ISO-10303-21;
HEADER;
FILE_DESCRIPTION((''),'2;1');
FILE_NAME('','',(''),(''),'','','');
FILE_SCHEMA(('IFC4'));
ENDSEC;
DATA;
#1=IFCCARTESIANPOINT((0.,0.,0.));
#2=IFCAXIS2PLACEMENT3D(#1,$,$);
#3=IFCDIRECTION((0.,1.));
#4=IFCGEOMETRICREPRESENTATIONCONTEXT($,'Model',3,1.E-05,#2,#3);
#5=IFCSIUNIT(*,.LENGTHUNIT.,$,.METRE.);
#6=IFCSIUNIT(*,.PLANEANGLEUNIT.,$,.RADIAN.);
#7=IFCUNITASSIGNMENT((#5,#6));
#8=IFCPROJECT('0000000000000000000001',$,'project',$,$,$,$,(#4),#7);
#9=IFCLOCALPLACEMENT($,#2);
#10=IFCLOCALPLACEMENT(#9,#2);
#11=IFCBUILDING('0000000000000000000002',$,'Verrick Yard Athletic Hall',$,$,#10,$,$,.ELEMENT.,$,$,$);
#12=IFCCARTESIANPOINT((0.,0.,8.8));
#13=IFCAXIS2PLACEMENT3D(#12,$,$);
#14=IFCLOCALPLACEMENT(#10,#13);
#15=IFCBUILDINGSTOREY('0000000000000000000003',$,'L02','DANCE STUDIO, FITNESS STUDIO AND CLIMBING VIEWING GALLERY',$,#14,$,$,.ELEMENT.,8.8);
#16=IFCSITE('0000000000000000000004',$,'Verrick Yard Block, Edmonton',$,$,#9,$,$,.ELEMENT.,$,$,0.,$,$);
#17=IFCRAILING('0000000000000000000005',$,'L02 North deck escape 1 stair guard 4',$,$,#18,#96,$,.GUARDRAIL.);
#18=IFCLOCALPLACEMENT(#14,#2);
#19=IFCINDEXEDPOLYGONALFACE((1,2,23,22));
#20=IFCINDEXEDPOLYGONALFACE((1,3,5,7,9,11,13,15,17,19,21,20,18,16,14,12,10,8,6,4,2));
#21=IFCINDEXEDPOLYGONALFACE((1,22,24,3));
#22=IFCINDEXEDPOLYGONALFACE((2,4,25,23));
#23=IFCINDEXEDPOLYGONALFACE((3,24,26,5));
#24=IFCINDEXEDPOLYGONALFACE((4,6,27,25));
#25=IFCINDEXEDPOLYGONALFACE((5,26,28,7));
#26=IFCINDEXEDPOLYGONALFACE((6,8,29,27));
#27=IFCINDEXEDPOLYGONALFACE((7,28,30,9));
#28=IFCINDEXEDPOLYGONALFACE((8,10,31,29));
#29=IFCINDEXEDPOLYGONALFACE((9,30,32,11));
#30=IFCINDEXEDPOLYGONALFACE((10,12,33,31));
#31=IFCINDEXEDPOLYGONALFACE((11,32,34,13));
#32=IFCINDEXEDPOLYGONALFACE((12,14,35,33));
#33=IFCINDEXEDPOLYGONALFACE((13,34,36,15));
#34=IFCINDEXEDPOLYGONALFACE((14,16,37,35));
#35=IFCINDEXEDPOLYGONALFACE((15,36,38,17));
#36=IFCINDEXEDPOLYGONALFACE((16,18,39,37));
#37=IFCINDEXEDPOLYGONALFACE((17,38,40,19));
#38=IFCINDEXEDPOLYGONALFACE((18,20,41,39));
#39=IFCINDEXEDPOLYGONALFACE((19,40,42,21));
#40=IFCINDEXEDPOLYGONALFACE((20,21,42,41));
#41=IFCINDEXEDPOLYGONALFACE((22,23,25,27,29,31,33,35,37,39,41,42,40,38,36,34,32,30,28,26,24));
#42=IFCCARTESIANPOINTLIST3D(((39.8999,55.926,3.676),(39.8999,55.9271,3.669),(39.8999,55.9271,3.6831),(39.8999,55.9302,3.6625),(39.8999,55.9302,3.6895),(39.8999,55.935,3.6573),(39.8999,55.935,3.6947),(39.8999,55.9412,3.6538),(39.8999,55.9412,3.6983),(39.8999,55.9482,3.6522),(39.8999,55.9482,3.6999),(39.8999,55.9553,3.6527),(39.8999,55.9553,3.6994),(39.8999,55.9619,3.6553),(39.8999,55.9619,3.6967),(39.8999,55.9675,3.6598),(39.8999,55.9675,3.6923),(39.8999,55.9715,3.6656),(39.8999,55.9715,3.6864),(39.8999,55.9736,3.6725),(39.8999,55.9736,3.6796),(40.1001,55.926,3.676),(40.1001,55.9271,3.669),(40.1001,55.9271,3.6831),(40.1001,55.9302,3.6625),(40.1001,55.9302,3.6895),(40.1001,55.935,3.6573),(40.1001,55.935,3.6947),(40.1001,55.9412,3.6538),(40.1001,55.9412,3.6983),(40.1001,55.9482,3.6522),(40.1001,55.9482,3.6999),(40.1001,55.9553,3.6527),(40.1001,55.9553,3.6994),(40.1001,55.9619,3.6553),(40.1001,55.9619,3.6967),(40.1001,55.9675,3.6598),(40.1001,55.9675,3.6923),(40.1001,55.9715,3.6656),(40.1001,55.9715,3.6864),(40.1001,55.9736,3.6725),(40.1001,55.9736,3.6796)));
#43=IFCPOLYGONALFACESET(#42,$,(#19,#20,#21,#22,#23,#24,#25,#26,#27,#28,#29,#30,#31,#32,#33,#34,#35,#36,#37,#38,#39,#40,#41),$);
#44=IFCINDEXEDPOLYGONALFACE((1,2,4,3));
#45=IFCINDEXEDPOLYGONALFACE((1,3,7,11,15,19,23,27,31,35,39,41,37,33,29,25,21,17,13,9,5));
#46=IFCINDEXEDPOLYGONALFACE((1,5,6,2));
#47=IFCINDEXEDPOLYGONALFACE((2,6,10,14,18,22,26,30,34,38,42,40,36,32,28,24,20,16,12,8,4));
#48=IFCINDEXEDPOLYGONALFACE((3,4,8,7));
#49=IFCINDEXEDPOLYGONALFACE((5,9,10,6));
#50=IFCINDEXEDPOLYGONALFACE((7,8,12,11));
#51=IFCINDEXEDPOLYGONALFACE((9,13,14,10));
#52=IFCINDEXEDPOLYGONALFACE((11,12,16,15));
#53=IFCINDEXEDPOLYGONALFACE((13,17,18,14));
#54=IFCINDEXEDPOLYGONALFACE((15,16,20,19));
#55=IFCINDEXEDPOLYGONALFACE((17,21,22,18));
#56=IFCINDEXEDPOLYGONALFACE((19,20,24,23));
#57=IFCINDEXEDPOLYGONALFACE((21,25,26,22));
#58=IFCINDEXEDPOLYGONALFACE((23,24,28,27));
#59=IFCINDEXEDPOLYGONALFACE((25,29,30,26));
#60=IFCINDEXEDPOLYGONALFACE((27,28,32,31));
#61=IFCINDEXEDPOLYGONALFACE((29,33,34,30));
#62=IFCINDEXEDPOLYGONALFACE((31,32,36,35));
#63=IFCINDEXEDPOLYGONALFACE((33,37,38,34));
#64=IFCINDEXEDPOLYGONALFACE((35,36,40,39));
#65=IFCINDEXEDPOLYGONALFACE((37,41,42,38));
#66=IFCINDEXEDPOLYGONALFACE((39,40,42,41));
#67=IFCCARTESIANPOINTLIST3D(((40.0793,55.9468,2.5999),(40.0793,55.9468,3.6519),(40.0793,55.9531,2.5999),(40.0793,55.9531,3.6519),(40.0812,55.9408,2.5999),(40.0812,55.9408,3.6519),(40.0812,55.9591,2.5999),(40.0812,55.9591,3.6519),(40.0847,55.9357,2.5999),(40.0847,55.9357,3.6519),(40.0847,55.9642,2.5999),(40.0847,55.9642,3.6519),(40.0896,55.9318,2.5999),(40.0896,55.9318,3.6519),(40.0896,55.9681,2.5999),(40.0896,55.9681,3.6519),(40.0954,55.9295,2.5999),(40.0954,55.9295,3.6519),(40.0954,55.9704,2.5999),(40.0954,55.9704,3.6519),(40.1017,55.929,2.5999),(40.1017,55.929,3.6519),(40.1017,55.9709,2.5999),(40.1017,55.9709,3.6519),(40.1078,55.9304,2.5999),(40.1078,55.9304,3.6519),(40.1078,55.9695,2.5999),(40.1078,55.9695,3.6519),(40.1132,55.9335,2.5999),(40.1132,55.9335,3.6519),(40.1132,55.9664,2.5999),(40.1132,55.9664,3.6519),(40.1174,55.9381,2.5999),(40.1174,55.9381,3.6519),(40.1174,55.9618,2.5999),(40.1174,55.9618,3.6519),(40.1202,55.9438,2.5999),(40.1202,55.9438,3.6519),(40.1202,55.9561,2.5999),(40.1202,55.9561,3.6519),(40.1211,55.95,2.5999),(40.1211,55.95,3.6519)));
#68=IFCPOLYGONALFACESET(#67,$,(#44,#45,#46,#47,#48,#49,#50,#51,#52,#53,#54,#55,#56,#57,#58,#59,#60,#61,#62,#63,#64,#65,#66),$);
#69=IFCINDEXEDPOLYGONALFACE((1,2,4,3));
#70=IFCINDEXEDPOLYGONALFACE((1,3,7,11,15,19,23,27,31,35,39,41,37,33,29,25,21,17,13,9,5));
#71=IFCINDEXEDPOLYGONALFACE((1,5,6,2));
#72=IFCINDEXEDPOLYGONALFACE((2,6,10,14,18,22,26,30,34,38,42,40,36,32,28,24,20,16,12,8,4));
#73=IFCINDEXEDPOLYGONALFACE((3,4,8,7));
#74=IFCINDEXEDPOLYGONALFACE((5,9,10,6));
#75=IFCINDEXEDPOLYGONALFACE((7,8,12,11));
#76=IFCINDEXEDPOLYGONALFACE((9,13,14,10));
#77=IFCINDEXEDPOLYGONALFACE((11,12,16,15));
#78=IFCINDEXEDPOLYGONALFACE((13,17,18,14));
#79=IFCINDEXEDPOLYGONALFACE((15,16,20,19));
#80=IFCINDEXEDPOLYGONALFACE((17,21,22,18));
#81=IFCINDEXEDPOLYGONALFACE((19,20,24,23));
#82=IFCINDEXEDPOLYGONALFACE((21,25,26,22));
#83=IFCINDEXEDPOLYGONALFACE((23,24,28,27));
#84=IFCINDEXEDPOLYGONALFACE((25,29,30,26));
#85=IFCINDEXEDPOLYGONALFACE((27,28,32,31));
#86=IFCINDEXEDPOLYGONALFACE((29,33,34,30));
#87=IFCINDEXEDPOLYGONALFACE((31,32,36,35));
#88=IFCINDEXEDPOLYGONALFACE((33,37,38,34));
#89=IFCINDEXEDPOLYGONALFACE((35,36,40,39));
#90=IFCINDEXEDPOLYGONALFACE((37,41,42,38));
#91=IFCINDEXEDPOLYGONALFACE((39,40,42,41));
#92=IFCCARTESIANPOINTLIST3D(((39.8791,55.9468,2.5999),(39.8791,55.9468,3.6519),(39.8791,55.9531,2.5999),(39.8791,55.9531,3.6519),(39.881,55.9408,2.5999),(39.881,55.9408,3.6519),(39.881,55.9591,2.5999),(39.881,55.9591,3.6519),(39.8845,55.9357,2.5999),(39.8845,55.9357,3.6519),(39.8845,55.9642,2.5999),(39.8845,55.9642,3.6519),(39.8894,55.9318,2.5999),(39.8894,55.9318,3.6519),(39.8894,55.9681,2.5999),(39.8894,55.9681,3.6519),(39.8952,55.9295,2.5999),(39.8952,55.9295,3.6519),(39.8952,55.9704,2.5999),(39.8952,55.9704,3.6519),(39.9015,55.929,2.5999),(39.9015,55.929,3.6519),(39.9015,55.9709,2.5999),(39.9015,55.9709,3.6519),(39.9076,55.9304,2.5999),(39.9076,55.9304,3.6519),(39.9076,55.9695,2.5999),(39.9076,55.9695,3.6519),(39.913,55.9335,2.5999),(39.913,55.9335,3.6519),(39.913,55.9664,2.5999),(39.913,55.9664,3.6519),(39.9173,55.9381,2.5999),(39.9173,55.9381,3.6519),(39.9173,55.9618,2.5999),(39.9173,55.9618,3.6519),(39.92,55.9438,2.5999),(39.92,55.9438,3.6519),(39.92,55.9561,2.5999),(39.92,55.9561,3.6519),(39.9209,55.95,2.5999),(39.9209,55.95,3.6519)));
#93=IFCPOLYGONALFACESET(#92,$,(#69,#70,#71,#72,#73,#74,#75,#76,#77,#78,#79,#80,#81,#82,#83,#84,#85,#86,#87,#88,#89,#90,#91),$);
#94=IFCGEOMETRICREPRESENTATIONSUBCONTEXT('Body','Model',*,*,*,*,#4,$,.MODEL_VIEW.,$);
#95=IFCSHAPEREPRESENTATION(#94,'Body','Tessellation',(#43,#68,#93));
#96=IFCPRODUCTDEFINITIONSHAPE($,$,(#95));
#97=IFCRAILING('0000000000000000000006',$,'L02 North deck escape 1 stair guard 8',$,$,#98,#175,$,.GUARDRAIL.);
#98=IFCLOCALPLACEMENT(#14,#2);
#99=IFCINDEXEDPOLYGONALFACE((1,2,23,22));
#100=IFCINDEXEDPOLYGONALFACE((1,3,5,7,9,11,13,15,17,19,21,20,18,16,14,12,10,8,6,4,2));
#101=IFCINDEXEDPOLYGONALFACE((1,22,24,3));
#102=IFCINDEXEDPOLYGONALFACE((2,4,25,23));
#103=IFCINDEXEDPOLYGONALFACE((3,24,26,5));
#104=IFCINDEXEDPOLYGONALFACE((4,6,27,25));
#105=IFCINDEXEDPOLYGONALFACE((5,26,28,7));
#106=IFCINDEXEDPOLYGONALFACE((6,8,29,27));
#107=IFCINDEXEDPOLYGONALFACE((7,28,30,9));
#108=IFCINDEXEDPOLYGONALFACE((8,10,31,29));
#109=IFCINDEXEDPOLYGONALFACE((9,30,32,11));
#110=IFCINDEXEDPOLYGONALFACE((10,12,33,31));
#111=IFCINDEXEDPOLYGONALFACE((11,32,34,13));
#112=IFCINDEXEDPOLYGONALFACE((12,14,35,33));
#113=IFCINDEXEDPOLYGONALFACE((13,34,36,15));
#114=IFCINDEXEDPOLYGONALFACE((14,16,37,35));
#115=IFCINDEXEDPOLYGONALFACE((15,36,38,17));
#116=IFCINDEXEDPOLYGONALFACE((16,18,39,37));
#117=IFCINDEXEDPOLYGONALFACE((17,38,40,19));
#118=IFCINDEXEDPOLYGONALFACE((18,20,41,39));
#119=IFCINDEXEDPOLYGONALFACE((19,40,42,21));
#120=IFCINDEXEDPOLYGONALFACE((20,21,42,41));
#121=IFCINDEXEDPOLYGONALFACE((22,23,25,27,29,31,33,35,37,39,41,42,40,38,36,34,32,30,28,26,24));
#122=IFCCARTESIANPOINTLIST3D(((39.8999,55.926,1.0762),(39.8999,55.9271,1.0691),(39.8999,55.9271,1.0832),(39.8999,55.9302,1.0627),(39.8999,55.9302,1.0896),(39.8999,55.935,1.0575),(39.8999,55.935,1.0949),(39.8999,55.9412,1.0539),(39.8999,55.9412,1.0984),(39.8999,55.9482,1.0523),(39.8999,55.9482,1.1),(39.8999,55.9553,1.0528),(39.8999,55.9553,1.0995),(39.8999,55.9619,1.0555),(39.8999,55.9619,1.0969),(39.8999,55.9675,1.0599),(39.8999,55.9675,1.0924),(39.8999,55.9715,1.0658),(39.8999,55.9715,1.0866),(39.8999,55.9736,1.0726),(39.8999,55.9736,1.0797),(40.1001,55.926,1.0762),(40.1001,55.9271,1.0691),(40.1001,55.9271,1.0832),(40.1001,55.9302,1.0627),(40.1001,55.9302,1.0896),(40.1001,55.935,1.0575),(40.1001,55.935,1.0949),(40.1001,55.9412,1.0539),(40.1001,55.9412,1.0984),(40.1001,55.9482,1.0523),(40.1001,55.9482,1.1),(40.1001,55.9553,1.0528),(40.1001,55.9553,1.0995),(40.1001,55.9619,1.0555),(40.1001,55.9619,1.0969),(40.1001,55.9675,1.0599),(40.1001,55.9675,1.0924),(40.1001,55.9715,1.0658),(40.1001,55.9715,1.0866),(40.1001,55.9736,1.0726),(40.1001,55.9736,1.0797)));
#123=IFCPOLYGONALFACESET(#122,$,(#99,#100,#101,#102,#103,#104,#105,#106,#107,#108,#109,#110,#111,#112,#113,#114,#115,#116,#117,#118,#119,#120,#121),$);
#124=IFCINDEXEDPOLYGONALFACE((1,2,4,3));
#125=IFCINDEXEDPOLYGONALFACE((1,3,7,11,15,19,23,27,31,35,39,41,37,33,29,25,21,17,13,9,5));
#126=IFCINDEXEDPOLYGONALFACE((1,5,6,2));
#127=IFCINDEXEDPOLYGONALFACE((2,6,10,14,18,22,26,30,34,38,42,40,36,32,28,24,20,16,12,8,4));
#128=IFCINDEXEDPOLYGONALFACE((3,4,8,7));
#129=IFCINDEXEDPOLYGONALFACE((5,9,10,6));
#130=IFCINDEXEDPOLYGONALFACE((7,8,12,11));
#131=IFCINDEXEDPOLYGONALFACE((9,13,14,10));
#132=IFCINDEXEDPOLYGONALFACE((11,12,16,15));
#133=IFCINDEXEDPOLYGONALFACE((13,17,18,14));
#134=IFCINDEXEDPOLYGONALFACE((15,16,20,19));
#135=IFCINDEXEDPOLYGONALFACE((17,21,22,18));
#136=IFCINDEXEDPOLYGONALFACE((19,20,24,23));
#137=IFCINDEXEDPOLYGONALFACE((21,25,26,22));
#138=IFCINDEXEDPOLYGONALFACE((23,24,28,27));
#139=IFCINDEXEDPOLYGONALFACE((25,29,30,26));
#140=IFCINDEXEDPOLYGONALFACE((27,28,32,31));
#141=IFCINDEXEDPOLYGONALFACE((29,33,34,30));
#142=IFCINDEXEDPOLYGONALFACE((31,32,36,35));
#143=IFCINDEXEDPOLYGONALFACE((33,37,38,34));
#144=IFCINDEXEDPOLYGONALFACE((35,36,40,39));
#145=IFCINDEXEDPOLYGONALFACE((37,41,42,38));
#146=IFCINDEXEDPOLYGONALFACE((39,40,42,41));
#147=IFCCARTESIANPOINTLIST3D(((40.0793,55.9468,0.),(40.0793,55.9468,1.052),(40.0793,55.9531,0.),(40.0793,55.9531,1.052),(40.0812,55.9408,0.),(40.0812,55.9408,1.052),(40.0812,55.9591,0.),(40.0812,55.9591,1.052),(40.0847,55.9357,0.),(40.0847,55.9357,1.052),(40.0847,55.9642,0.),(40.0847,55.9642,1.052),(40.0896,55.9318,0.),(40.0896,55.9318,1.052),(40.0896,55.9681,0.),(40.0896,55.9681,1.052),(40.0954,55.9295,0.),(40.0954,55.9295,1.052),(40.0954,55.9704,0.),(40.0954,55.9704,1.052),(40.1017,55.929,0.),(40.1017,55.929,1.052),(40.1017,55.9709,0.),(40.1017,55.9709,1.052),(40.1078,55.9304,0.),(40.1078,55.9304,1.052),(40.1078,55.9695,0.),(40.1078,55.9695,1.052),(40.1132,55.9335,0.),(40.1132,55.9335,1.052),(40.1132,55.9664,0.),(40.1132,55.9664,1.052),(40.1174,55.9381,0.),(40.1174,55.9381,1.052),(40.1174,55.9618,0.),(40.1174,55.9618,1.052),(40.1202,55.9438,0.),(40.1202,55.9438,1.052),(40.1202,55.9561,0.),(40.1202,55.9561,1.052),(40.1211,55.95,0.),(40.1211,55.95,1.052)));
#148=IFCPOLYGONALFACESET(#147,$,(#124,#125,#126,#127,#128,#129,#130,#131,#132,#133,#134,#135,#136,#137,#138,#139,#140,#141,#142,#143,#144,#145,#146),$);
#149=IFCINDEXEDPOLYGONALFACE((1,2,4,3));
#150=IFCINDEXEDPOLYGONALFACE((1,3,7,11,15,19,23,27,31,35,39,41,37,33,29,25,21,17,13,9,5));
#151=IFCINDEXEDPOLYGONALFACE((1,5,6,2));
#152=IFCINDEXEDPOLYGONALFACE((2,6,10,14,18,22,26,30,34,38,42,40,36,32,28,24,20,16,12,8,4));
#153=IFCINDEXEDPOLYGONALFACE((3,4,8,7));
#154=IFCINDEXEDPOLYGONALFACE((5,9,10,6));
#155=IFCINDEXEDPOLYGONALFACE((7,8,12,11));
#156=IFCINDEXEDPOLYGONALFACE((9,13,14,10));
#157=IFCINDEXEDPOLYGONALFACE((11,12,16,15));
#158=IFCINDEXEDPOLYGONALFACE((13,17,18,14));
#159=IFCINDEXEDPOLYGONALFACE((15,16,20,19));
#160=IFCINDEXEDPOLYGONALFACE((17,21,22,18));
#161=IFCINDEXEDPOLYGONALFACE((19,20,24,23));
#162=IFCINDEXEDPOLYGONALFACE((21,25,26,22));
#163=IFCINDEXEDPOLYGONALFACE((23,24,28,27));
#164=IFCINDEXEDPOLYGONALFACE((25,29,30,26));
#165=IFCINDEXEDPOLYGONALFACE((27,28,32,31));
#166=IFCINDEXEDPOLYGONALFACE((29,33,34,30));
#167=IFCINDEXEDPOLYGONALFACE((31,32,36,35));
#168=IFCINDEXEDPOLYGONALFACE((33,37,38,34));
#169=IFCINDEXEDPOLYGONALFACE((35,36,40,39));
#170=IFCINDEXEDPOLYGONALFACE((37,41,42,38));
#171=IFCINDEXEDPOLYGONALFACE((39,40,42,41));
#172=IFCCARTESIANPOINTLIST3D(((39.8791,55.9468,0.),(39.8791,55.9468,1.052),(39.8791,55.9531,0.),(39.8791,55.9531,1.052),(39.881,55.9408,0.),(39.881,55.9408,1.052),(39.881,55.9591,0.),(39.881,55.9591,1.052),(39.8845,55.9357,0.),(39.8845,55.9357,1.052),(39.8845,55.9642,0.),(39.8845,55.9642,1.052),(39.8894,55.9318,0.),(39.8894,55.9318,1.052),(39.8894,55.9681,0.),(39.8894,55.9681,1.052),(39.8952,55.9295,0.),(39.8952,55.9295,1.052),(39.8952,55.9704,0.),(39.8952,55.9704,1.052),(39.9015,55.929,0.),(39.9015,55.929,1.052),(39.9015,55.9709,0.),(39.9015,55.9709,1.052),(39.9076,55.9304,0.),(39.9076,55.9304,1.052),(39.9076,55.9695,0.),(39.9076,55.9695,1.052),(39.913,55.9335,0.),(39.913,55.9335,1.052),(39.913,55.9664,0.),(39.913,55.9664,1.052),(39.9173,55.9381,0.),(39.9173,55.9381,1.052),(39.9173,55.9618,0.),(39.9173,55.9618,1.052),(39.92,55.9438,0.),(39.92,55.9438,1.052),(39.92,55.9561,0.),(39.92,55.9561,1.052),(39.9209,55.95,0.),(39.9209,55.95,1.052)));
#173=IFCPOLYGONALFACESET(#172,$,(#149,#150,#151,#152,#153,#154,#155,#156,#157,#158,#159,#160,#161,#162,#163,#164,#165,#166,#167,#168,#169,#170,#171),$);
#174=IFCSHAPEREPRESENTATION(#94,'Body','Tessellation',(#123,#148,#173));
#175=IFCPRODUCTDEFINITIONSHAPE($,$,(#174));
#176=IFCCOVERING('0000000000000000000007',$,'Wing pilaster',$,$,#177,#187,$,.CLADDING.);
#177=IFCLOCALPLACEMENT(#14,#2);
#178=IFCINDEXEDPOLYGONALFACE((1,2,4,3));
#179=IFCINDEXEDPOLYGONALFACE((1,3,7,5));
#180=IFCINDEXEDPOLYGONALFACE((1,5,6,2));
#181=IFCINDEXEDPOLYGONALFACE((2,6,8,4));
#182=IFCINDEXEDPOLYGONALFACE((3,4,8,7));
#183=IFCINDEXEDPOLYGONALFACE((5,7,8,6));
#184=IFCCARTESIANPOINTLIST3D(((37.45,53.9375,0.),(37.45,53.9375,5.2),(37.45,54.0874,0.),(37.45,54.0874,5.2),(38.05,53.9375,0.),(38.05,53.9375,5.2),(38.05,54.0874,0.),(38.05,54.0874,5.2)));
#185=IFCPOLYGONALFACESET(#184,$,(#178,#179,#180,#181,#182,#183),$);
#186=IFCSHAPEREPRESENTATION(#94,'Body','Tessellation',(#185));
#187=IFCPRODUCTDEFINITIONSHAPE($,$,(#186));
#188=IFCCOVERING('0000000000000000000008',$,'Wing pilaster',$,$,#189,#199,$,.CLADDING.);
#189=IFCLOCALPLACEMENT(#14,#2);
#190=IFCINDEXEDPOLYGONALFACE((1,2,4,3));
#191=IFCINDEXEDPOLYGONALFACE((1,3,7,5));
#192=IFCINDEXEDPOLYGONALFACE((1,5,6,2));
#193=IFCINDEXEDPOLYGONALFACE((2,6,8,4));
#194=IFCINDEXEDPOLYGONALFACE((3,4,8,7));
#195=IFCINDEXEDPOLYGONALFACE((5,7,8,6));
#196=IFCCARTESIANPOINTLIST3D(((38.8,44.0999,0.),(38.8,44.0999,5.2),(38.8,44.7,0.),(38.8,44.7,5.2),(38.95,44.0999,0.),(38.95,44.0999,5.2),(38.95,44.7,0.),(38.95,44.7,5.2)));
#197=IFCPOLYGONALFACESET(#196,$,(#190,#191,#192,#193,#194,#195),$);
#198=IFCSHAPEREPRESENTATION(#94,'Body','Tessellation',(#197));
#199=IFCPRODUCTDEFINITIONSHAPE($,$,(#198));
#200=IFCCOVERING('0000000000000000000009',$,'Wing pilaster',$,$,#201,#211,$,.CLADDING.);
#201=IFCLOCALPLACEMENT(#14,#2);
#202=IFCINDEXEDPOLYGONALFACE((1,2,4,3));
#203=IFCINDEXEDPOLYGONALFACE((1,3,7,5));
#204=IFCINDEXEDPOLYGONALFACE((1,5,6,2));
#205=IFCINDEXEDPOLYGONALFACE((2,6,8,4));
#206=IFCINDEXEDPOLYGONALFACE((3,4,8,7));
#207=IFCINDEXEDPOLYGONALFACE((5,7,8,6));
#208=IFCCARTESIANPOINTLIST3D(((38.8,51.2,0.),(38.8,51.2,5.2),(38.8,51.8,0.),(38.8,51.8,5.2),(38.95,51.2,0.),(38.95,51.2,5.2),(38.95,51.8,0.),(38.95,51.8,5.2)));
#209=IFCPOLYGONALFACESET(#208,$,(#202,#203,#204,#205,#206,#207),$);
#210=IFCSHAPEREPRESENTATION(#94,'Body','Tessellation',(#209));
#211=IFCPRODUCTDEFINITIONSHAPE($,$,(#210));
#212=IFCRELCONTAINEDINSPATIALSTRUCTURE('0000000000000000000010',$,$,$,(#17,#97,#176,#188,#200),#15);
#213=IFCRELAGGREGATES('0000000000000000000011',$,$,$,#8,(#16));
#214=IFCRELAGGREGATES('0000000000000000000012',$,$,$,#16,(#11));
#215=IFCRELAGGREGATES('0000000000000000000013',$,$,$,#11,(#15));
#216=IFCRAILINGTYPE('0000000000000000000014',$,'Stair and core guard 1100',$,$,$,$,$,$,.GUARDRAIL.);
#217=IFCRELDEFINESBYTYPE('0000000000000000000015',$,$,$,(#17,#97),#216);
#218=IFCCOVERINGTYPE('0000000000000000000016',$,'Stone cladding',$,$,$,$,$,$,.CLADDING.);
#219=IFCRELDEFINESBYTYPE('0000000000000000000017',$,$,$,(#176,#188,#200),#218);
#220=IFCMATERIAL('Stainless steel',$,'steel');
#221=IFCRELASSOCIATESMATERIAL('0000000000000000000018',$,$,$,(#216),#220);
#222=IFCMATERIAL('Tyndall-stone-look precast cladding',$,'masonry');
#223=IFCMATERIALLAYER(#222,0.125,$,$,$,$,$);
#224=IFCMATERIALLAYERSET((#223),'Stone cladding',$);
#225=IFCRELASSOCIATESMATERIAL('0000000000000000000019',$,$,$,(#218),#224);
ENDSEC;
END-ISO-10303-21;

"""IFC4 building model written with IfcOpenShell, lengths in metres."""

from ifc_helpers import new_model, si_unit, direction, frame, origin, origin_2d, place, context, subcontext, project, spatial, rectangle, circle, extrude, material, layer, layer_set, type_object, element, save


model = new_model("IFC4")

# Units and contexts
model_context = context("Model", 3, precision=1e-05, world=origin(), true_north=direction((0.0, 1.0)))
body_context = subcontext(model_context, "Body", "Model", "MODEL_VIEW")
ifc_project = project(units=[si_unit("LENGTHUNIT", "METRE"), si_unit("PLANEANGLEUNIT", "RADIAN")], contexts=[model_context])

# Site, building, storey
site_placement = place(None, origin())
site = spatial("IfcSite", under=ifc_project, at=site_placement, Name="Verrick Yard Block, Edmonton", CompositionType="ELEMENT", RefElevation=0.0)
building_placement = place(site_placement, origin())
building = spatial("IfcBuilding", under=site, at=building_placement, Name="Verrick Yard Athletic Hall", CompositionType="ELEMENT")
storey_placement = place(building_placement, frame((0.0, 0.0, 8.8)))
storey = spatial("IfcBuildingStorey", under=building, at=storey_placement, Name="L02", Description="DANCE STUDIO, FITNESS STUDIO AND CLIMBING VIEWING GALLERY", CompositionType="ELEMENT", Elevation=8.8)

# Railings
ifc_material_1 = material(Name="Stainless steel", Category="steel")
railing_type = type_object("IfcRailingType", Name="Stair and core guard 1100", PredefinedType="GUARDRAIL", material=ifc_material_1)
for number, where, name in (
    (1, (40.1001, 55.95, 2.5999), "L02 North deck escape 1 stair guard 4"),
    (2, (40.1001, 55.95, 0.0), "L02 North deck escape 1 stair guard 8"),
):
    element("IfcRailing", number, at=place(storey_placement, frame(where)), inside=storey, type_object=railing_type, Name=name, PredefinedType="GUARDRAIL", context=body_context, shape_type="SweptSolid", body=[
        extrude(circle(Radius=0.0239, at=origin_2d()), frame((0.0, 0.0, 1.0762), z_axis=(-1.0, 0.0, 0.0), x_axis=(0.0, -1.0, 0.0)), (0.0, 0.0, 1.0), 0.2002),
        extrude(circle(Radius=0.021, at=origin_2d()), origin(), (0.0, 0.0, 1.0), 1.052),
        extrude(circle(Radius=0.021, at=origin_2d()), frame((-0.2002, 0.0, 0.0)), (0.0, 0.0, 1.0), 1.052),
    ])

# Coverings
ifc_material_2 = material(Name="Tyndall-stone-look precast cladding", Category="masonry")
ifc_layer_1 = layer(ifc_material_2, 0.125)
ifc_layer_set_1 = layer_set([ifc_layer_1], Name="Stone cladding")
covering_type_1 = type_object("IfcCoveringType", Name="Stone cladding", PredefinedType="CLADDING", material=ifc_layer_set_1)
for number, where, z_axis, x_axis, name in (
    (3, (37.75, 54.0125, 0.0), (0.0, 0.0, 1.0), (1.0, 0.0, 0.0), "Wing pilaster"),
    (4, (38.875, 44.3999, 0.0), (0.0, 0.0, 1.0), (0.0, 1.0, 0.0), "Wing pilaster"),
    (5, (38.875, 51.5, 0.0), (0.0, 0.0, 1.0), (0.0, 1.0, 0.0), "Wing pilaster"),
):
    element("IfcCovering", number, at=place(storey_placement, frame(where, z_axis=z_axis, x_axis=x_axis)), inside=storey, type_object=covering_type_1, Name=name, PredefinedType="CLADDING", context=body_context, shape_type="SweptSolid", body=[
        extrude(rectangle(XDim=0.6001, YDim=0.1499, at=origin_2d()), origin(), (0.0, 0.0, 1.0), 5.2),
    ])

save(model, "model.ifc")
